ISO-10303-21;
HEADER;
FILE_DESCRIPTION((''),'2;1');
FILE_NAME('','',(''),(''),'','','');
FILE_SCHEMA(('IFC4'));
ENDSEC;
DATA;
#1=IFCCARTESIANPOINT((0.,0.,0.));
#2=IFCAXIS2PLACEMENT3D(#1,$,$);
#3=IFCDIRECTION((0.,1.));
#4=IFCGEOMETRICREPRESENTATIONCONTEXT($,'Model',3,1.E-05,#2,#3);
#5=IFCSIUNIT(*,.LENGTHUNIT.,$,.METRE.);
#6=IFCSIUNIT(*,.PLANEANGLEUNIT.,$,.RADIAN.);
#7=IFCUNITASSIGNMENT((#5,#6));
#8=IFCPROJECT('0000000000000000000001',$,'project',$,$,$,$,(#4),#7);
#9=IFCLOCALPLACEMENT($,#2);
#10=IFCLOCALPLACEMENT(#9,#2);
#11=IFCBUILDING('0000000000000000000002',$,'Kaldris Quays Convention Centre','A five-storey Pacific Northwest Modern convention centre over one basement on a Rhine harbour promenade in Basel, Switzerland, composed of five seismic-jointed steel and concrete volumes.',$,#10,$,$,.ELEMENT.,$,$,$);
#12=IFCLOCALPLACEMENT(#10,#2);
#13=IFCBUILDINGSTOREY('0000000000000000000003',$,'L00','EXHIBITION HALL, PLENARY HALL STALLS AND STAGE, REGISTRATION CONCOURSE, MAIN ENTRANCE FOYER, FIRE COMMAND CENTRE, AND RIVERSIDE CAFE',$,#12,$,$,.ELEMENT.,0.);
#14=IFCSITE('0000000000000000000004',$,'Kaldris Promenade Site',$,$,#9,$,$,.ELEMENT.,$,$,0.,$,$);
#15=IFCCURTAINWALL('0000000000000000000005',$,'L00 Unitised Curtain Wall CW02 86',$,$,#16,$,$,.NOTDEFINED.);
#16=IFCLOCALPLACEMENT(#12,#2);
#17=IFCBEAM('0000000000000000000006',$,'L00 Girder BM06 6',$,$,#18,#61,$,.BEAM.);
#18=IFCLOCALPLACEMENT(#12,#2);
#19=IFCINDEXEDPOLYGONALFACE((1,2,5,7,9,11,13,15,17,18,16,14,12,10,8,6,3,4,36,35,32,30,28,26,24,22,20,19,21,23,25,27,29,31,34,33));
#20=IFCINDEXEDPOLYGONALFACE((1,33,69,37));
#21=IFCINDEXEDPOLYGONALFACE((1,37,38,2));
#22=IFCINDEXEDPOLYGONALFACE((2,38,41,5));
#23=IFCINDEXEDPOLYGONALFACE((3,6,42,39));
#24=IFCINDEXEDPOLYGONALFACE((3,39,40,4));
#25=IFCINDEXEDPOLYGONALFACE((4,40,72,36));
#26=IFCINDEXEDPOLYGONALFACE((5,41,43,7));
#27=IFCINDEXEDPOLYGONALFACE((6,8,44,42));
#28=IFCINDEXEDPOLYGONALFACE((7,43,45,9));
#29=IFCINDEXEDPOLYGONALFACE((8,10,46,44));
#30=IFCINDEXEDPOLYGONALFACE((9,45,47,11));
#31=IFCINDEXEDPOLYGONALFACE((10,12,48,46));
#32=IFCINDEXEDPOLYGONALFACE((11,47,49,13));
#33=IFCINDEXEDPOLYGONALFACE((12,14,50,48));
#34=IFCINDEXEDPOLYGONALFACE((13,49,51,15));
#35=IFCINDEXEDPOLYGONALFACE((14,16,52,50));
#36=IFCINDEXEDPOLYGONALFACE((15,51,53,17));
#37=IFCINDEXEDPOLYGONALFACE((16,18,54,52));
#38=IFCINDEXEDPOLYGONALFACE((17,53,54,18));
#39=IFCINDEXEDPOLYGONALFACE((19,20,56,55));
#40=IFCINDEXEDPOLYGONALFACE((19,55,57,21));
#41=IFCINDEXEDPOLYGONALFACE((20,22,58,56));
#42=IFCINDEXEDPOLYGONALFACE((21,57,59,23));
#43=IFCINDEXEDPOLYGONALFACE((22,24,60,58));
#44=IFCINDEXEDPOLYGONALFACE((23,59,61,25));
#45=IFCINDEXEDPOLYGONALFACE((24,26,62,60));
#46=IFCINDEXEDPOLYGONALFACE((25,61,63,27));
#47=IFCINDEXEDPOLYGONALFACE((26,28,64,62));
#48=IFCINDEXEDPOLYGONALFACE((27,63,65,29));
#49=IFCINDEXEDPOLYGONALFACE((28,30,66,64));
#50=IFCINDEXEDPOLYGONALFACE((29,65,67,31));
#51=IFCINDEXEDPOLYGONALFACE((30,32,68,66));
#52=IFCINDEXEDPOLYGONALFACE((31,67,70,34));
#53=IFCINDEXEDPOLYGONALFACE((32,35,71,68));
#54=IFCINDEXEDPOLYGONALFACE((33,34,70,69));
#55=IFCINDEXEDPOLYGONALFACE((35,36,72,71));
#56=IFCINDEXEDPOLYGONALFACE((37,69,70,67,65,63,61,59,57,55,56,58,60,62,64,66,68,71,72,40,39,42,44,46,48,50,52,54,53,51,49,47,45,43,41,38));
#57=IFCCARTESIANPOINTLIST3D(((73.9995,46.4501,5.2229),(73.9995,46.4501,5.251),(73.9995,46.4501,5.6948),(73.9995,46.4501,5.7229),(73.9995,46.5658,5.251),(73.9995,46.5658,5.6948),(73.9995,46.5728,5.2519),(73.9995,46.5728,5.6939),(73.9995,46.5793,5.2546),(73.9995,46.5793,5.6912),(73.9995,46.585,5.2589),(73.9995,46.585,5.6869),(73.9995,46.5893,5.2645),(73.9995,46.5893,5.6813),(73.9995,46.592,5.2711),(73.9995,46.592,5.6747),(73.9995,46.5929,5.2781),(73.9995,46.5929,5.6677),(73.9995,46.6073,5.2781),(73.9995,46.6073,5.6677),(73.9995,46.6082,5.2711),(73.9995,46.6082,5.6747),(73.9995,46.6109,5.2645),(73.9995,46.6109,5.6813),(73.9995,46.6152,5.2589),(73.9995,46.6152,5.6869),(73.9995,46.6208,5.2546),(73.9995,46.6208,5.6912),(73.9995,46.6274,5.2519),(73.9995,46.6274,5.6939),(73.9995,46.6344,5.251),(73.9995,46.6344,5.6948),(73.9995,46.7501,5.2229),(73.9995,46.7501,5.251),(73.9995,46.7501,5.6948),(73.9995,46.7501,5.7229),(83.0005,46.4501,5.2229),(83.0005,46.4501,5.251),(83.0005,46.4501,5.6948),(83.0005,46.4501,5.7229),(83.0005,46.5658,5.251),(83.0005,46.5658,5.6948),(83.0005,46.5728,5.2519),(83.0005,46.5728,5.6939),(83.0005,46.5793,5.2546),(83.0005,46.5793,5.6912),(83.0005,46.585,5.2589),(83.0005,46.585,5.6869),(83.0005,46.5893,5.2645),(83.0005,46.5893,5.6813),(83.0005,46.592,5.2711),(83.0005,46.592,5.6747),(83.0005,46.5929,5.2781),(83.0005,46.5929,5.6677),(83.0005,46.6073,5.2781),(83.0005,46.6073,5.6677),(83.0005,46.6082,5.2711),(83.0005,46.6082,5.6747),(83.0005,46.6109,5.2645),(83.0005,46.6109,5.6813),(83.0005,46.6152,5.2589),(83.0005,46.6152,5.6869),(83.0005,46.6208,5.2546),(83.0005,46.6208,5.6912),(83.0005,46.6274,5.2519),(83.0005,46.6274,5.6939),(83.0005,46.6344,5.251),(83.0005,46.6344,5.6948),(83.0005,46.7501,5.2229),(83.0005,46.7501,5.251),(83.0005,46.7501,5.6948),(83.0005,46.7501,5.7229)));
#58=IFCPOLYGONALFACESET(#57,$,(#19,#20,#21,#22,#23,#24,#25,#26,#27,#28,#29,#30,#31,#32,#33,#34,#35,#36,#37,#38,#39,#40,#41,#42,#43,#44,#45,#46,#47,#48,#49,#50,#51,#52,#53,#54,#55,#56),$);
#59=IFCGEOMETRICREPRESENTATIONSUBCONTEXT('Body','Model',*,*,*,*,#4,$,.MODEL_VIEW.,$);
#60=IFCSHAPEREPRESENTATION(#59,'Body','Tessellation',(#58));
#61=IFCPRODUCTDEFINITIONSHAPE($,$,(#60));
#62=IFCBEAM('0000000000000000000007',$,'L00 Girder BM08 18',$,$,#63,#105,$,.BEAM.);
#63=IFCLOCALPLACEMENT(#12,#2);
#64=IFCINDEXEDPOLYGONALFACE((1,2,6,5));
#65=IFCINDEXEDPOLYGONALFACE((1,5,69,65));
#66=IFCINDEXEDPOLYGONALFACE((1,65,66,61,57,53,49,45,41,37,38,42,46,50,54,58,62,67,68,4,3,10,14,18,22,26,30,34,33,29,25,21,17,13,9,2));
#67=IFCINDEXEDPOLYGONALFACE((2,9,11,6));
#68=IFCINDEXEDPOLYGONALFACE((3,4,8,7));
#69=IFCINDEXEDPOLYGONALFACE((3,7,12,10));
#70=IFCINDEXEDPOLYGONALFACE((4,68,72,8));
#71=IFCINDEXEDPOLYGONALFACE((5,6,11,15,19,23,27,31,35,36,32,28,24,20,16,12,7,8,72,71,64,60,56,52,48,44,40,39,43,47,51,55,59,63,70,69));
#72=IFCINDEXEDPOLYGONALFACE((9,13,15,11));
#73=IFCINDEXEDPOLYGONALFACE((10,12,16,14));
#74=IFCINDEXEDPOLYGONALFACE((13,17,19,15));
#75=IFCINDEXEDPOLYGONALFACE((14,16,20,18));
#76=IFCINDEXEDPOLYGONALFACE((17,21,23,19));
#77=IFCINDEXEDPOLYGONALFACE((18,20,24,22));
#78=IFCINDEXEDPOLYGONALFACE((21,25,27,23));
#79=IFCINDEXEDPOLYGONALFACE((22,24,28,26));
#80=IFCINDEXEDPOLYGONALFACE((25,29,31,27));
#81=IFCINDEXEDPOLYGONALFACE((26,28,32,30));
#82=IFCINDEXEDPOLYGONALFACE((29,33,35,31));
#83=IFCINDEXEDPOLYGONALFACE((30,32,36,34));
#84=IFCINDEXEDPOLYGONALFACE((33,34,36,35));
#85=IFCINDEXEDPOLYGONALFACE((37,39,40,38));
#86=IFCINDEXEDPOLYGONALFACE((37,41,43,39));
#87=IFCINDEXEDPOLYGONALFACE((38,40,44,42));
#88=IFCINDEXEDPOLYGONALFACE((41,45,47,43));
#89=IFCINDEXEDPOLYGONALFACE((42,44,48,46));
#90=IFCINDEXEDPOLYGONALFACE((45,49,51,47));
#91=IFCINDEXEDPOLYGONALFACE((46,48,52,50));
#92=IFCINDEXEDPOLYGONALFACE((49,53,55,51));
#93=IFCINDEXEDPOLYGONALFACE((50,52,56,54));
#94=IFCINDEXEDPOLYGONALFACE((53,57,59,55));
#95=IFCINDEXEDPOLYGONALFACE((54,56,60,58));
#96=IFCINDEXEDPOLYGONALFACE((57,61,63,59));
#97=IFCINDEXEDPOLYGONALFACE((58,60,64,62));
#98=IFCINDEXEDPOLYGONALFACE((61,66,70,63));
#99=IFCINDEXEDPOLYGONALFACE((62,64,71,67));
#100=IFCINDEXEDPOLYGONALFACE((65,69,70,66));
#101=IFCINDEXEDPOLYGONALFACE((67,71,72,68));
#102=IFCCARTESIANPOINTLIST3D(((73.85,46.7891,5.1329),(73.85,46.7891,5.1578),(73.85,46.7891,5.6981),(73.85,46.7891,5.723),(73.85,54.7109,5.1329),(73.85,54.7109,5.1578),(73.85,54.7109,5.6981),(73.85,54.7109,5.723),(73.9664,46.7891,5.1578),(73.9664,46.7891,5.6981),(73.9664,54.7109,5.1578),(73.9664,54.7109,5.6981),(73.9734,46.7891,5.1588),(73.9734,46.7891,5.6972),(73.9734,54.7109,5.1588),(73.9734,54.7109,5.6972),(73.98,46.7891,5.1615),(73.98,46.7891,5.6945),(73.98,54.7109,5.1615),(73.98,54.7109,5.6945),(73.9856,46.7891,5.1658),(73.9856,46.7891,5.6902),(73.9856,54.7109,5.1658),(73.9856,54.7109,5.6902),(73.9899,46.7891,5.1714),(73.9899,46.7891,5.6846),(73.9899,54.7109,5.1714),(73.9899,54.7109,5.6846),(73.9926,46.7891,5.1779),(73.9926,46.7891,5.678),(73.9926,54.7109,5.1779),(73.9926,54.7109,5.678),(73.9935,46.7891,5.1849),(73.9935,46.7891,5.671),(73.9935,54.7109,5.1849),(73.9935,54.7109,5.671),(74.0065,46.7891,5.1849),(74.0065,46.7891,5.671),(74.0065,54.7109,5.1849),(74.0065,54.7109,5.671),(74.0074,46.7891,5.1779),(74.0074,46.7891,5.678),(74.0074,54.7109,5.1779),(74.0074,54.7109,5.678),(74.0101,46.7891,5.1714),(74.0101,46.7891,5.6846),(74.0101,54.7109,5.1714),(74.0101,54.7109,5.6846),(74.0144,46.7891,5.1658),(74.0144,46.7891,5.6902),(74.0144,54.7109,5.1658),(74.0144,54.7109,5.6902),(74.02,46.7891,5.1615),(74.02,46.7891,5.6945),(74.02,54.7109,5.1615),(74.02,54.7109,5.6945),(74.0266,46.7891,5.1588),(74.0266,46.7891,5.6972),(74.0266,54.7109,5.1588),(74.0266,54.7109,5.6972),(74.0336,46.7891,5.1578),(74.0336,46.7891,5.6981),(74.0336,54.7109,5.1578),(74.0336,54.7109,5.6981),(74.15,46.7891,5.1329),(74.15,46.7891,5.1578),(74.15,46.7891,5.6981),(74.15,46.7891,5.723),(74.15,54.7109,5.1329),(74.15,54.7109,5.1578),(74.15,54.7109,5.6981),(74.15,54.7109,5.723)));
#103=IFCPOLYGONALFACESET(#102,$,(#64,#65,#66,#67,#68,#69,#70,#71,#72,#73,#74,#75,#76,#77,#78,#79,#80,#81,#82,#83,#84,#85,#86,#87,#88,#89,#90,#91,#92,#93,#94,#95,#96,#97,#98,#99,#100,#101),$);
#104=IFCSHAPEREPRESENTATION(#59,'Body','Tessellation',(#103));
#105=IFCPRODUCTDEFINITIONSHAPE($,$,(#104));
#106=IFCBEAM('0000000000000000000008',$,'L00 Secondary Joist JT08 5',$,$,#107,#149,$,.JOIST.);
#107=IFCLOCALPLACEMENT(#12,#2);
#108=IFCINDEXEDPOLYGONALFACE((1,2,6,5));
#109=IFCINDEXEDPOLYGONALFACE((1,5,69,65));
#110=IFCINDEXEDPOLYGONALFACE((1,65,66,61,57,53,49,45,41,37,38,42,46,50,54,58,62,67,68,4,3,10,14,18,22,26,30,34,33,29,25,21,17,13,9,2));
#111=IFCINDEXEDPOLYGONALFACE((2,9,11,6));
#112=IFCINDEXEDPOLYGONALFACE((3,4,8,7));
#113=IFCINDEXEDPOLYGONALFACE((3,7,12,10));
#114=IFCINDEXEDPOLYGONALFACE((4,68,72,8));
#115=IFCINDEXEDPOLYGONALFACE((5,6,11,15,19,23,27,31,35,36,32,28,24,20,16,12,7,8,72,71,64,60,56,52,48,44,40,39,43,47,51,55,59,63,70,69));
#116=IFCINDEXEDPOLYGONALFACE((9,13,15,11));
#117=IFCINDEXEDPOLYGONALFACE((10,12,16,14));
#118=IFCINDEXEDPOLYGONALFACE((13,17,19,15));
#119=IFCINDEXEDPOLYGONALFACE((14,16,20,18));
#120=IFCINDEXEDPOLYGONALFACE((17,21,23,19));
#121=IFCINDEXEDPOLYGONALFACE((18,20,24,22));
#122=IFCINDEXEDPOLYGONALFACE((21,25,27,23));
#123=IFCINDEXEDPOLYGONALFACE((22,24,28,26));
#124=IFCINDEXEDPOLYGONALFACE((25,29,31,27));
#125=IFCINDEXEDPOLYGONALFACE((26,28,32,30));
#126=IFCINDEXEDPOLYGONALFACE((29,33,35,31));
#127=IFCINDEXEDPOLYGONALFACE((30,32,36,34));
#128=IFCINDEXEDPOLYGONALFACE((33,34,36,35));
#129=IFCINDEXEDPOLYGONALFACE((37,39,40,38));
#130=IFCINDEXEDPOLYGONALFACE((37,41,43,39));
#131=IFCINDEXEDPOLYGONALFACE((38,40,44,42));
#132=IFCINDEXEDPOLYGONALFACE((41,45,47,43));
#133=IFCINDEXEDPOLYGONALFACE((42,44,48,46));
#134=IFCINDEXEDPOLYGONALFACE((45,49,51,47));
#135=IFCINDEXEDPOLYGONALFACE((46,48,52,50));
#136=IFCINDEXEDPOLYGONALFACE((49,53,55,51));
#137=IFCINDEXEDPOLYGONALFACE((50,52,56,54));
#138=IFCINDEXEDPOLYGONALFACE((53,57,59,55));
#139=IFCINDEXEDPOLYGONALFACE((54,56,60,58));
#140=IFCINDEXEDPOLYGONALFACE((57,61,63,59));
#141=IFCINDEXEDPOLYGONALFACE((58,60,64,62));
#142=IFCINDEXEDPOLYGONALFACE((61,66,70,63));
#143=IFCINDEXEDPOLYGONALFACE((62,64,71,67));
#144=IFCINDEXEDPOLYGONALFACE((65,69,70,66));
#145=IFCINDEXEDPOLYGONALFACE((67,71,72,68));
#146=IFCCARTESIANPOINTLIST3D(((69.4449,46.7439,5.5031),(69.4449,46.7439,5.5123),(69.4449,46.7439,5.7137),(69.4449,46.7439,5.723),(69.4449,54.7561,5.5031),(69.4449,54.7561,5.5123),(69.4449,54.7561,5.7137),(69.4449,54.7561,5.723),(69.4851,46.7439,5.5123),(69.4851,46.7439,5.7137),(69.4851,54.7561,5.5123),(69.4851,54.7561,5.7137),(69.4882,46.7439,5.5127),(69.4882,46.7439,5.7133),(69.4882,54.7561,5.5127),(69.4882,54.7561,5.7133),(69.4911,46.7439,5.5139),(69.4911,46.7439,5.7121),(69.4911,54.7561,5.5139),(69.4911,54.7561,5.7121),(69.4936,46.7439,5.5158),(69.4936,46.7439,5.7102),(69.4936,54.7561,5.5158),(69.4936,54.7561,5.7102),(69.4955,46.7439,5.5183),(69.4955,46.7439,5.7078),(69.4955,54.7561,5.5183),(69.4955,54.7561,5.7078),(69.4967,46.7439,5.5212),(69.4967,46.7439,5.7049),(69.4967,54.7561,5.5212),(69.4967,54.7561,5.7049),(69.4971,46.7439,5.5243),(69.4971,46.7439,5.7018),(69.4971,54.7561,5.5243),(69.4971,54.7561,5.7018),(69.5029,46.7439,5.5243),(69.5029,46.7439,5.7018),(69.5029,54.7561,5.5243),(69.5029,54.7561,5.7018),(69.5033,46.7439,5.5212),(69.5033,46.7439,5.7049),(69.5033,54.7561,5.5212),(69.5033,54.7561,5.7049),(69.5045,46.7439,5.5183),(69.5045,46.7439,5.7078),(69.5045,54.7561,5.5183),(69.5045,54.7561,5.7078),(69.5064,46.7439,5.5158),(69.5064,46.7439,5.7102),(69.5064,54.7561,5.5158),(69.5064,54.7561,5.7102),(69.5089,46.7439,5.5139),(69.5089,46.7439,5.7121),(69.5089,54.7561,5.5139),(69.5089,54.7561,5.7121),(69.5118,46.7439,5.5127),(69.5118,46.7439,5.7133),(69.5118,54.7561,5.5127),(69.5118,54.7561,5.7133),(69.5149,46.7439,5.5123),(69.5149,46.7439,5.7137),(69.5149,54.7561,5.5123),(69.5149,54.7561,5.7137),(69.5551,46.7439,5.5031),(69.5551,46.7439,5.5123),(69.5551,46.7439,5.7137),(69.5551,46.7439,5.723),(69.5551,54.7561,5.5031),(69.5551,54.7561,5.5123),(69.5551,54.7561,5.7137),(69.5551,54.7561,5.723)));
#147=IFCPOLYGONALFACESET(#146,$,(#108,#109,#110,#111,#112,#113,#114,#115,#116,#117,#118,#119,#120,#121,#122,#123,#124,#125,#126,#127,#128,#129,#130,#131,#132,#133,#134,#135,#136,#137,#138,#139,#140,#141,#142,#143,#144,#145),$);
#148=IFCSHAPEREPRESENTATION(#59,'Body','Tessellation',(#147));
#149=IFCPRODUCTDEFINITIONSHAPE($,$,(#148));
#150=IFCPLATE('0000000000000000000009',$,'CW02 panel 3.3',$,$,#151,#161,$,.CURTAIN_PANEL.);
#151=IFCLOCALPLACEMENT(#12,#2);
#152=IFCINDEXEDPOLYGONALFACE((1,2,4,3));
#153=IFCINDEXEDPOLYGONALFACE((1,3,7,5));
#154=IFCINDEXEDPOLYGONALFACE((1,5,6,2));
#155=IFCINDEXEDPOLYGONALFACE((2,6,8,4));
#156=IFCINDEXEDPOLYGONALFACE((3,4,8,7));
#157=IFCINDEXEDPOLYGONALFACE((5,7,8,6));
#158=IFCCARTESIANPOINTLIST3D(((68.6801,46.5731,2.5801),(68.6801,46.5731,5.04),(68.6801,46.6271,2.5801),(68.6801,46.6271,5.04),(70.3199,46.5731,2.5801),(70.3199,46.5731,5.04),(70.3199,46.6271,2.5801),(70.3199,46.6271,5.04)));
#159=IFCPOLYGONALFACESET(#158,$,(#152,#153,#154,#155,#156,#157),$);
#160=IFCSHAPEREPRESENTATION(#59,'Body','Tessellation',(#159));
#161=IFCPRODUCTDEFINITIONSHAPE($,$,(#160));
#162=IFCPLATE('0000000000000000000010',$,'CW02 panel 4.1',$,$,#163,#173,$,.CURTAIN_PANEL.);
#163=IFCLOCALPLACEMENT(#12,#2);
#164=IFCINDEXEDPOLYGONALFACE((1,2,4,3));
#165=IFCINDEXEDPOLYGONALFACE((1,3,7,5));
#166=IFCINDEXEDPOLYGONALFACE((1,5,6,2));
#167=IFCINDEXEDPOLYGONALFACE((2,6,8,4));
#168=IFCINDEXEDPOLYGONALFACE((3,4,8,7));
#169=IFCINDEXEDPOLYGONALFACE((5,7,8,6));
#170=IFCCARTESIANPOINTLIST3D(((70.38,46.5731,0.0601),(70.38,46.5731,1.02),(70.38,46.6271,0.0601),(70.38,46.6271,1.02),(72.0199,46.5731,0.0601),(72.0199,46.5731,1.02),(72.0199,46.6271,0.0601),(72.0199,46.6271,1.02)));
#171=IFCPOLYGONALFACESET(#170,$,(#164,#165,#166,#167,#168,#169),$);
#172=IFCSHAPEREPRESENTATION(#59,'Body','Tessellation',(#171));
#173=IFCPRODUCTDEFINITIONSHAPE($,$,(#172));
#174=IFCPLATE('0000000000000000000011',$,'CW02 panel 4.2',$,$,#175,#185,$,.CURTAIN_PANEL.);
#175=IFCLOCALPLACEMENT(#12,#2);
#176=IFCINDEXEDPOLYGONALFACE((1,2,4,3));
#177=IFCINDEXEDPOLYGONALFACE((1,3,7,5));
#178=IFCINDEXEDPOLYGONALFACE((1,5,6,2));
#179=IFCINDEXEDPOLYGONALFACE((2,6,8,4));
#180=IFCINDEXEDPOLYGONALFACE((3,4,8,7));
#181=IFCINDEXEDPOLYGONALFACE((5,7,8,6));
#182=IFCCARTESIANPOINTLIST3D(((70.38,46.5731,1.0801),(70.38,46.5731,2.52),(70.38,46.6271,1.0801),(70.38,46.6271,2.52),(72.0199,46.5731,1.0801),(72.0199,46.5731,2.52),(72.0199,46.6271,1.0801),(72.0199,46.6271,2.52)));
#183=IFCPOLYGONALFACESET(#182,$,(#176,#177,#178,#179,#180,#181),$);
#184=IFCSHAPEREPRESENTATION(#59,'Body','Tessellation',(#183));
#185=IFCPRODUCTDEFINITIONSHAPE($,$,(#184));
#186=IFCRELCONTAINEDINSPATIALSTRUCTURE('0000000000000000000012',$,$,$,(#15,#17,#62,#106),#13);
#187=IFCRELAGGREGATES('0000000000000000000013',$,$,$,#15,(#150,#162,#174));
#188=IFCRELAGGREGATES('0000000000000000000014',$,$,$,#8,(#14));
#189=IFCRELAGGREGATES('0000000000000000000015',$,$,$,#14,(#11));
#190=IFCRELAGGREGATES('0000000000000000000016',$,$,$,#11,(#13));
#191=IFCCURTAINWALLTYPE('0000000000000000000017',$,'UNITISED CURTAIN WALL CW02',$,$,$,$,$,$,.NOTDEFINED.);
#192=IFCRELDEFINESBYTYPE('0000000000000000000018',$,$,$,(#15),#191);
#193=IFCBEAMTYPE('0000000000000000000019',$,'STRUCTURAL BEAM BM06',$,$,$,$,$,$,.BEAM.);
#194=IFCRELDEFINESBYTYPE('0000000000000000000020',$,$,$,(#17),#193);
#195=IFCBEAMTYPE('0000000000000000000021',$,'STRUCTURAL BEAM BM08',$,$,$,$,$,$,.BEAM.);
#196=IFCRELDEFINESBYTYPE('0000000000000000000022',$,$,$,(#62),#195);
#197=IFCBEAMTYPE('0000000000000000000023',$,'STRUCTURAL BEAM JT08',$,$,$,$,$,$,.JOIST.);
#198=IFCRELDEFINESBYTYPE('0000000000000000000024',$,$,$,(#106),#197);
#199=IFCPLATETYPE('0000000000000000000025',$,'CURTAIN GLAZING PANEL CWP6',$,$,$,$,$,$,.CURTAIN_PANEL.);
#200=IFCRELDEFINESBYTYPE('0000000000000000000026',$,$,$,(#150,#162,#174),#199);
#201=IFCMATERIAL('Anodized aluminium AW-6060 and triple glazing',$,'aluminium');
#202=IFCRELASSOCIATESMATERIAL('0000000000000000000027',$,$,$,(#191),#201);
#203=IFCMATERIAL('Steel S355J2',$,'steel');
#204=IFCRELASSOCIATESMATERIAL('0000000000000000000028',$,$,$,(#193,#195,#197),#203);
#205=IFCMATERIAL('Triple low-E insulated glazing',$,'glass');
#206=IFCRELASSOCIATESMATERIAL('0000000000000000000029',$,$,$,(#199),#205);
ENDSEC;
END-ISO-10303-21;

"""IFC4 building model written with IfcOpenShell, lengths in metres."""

from ifc_helpers import new_model, si_unit, direction, frame, origin, origin_2d, place, context, subcontext, project, spatial, rectangle, i_section, extrude, material, material_profile, profile_set, type_object, element, aggregate, save


model = new_model("IFC4")

# Units and contexts
model_context = context("Model", 3, precision=1e-05, world=origin(), true_north=direction((0.0, 1.0)))
body_context = subcontext(model_context, "Body", "Model", "MODEL_VIEW")
ifc_project = project(units=[si_unit("LENGTHUNIT", "METRE"), si_unit("PLANEANGLEUNIT", "RADIAN")], contexts=[model_context])

# Site, building, storey
site_placement = place(None, origin())
site = spatial("IfcSite", under=ifc_project, at=site_placement, Name="Kaldris Promenade Site", CompositionType="ELEMENT", RefElevation=0.0)
building_placement = place(site_placement, origin())
building = spatial("IfcBuilding", under=site, at=building_placement, Name="Kaldris Quays Convention Centre", Description="A five-storey Pacific Northwest Modern convention centre over one basement on a Rhine harbour promenade in Basel, Switzerland, composed of five seismic-jointed steel and concrete volumes.", CompositionType="ELEMENT")
storey_placement = place(building_placement, origin())
storey = spatial("IfcBuildingStorey", under=building, at=storey_placement, Name="L00", Description="EXHIBITION HALL, PLENARY HALL STALLS AND STAGE, REGISTRATION CONCOURSE, MAIN ENTRANCE FOYER, FIRE COMMAND CENTRE, AND RIVERSIDE CAFE", CompositionType="ELEMENT", Elevation=0.0)

# Shared definitions
ifc_material_1 = material(Name="Steel S355J2", Category="steel")

# Curtain wall
ifc_material_2 = material(Name="Anodized aluminium AW-6060 and triple glazing", Category="aluminium")
curtain_wall_type = type_object("IfcCurtainWallType", Name="UNITISED CURTAIN WALL CW02", PredefinedType="NOTDEFINED", material=ifc_material_2)
curtain_wall_placement = place(storey_placement, origin())
curtain_wall = element("IfcCurtainWall", 1, at=curtain_wall_placement, inside=storey, type_object=curtain_wall_type, Name="L00 Unitised Curtain Wall CW02 86", PredefinedType="NOTDEFINED")

# Beams
ifc_material_profile_1 = material_profile(ifc_material_1, i_section(OverallWidth=0.3, OverallDepth=0.5, WebThickness=0.0144, FlangeThickness=0.0281, FilletRadius=0.0271, at=origin_2d()), Name="HEB 500")
ifc_profile_set_1 = profile_set([ifc_material_profile_1], Name="Steel S355J2")
beam_type_1 = type_object("IfcBeamType", Name="STRUCTURAL BEAM BM06", PredefinedType="BEAM", material=ifc_profile_set_1)
beam_1_placement = place(storey_placement, frame((73.9995, 46.6001, 5.4729), z_axis=(1.0, 0.0, 0.0), x_axis=(0.0, 1.0, 0.0)))
element("IfcBeam", 2, at=beam_1_placement, inside=storey, type_object=beam_type_1, Name="L00 Girder BM06 6", PredefinedType="BEAM", context=body_context, shape_type="SweptSolid", body=[
    extrude(i_section(OverallWidth=0.3, OverallDepth=0.5, WebThickness=0.0144, FlangeThickness=0.0281, FilletRadius=0.0271, at=origin_2d()), origin(), (0.0, 0.0, 1.0), 9.001),
])
ifc_material_profile_2 = material_profile(ifc_material_1, i_section(OverallWidth=0.3, OverallDepth=0.5901, WebThickness=0.0129, FlangeThickness=0.0249, FilletRadius=0.0271, at=origin_2d()), Name="HEA 600")
ifc_profile_set_2 = profile_set([ifc_material_profile_2], Name="Steel S355J2")
beam_type_2 = type_object("IfcBeamType", Name="STRUCTURAL BEAM BM08", PredefinedType="BEAM", material=ifc_profile_set_2)
beam_2_placement = place(storey_placement, frame((74.0, 46.7891, 5.428), z_axis=(0.0, 1.0, 0.0), x_axis=(-1.0, 0.0, 0.0)))
element("IfcBeam", 3, at=beam_2_placement, inside=storey, type_object=beam_type_2, Name="L00 Girder BM08 18", PredefinedType="BEAM", context=body_context, shape_type="SweptSolid", body=[
    extrude(i_section(OverallWidth=0.3, OverallDepth=0.5901, WebThickness=0.0129, FlangeThickness=0.0249, FilletRadius=0.0271, at=origin_2d()), origin(), (0.0, 0.0, 1.0), 7.9219),
])
ifc_material_profile_3 = material_profile(ifc_material_1, i_section(OverallWidth=0.1101, OverallDepth=0.22, WebThickness=0.0059, FlangeThickness=0.0093, FilletRadius=0.012, at=origin_2d()), Name="IPE 220")
ifc_profile_set_3 = profile_set([ifc_material_profile_3], Name="Steel S355J2")
beam_type_3 = type_object("IfcBeamType", Name="STRUCTURAL BEAM JT08", PredefinedType="JOIST", material=ifc_profile_set_3)
beam_3_placement = place(storey_placement, frame((69.5, 46.7439, 5.613), z_axis=(0.0, 1.0, 0.0), x_axis=(-1.0, 0.0, 0.0)))
element("IfcBeam", 4, at=beam_3_placement, inside=storey, type_object=beam_type_3, Name="L00 Secondary Joist JT08 5", PredefinedType="JOIST", context=body_context, shape_type="SweptSolid", body=[
    extrude(i_section(OverallWidth=0.1101, OverallDepth=0.22, WebThickness=0.0059, FlangeThickness=0.0093, FilletRadius=0.012, at=origin_2d()), origin(), (0.0, 0.0, 1.0), 8.0122),
])

# Plates
ifc_material_3 = material(Name="Triple low-E insulated glazing", Category="glass")
plate_type = type_object("IfcPlateType", Name="CURTAIN GLAZING PANEL CWP6", PredefinedType="CURTAIN_PANEL", material=ifc_material_3)
plate_1_placement = place(storey_placement, frame((69.5, 46.6001, 2.5801), z_axis=(0.0, 0.0, 1.0), x_axis=(1.0, 0.0, 0.0)))
plate_1 = element("IfcPlate", 5, at=plate_1_placement, type_object=plate_type, Name="CW02 panel 3.3", PredefinedType="CURTAIN_PANEL", context=body_context, shape_type="SweptSolid", body=[
    extrude(rectangle(XDim=1.6399, YDim=0.054, at=origin_2d()), origin(), (0.0, 0.0, 1.0), 2.46),
])
plate_2_placement = place(storey_placement, frame((71.2, 46.6001, 0.0601), z_axis=(0.0, 0.0, 1.0), x_axis=(1.0, 0.0, 0.0)))
plate_2 = element("IfcPlate", 6, at=plate_2_placement, type_object=plate_type, Name="CW02 panel 4.1", PredefinedType="CURTAIN_PANEL", context=body_context, shape_type="SweptSolid", body=[
    extrude(rectangle(XDim=1.6399, YDim=0.054, at=origin_2d()), origin(), (0.0, 0.0, 1.0), 0.96),
])
plate_3_placement = place(storey_placement, frame((71.2, 46.6001, 1.0801), z_axis=(0.0, 0.0, 1.0), x_axis=(1.0, 0.0, 0.0)))
plate_3 = element("IfcPlate", 7, at=plate_3_placement, type_object=plate_type, Name="CW02 panel 4.2", PredefinedType="CURTAIN_PANEL", context=body_context, shape_type="SweptSolid", body=[
    extrude(rectangle(XDim=1.6399, YDim=0.054, at=origin_2d()), origin(), (0.0, 0.0, 1.0), 1.4399),
])
aggregate(curtain_wall, [plate_1, plate_2, plate_3])

save(model, "model.ifc")
